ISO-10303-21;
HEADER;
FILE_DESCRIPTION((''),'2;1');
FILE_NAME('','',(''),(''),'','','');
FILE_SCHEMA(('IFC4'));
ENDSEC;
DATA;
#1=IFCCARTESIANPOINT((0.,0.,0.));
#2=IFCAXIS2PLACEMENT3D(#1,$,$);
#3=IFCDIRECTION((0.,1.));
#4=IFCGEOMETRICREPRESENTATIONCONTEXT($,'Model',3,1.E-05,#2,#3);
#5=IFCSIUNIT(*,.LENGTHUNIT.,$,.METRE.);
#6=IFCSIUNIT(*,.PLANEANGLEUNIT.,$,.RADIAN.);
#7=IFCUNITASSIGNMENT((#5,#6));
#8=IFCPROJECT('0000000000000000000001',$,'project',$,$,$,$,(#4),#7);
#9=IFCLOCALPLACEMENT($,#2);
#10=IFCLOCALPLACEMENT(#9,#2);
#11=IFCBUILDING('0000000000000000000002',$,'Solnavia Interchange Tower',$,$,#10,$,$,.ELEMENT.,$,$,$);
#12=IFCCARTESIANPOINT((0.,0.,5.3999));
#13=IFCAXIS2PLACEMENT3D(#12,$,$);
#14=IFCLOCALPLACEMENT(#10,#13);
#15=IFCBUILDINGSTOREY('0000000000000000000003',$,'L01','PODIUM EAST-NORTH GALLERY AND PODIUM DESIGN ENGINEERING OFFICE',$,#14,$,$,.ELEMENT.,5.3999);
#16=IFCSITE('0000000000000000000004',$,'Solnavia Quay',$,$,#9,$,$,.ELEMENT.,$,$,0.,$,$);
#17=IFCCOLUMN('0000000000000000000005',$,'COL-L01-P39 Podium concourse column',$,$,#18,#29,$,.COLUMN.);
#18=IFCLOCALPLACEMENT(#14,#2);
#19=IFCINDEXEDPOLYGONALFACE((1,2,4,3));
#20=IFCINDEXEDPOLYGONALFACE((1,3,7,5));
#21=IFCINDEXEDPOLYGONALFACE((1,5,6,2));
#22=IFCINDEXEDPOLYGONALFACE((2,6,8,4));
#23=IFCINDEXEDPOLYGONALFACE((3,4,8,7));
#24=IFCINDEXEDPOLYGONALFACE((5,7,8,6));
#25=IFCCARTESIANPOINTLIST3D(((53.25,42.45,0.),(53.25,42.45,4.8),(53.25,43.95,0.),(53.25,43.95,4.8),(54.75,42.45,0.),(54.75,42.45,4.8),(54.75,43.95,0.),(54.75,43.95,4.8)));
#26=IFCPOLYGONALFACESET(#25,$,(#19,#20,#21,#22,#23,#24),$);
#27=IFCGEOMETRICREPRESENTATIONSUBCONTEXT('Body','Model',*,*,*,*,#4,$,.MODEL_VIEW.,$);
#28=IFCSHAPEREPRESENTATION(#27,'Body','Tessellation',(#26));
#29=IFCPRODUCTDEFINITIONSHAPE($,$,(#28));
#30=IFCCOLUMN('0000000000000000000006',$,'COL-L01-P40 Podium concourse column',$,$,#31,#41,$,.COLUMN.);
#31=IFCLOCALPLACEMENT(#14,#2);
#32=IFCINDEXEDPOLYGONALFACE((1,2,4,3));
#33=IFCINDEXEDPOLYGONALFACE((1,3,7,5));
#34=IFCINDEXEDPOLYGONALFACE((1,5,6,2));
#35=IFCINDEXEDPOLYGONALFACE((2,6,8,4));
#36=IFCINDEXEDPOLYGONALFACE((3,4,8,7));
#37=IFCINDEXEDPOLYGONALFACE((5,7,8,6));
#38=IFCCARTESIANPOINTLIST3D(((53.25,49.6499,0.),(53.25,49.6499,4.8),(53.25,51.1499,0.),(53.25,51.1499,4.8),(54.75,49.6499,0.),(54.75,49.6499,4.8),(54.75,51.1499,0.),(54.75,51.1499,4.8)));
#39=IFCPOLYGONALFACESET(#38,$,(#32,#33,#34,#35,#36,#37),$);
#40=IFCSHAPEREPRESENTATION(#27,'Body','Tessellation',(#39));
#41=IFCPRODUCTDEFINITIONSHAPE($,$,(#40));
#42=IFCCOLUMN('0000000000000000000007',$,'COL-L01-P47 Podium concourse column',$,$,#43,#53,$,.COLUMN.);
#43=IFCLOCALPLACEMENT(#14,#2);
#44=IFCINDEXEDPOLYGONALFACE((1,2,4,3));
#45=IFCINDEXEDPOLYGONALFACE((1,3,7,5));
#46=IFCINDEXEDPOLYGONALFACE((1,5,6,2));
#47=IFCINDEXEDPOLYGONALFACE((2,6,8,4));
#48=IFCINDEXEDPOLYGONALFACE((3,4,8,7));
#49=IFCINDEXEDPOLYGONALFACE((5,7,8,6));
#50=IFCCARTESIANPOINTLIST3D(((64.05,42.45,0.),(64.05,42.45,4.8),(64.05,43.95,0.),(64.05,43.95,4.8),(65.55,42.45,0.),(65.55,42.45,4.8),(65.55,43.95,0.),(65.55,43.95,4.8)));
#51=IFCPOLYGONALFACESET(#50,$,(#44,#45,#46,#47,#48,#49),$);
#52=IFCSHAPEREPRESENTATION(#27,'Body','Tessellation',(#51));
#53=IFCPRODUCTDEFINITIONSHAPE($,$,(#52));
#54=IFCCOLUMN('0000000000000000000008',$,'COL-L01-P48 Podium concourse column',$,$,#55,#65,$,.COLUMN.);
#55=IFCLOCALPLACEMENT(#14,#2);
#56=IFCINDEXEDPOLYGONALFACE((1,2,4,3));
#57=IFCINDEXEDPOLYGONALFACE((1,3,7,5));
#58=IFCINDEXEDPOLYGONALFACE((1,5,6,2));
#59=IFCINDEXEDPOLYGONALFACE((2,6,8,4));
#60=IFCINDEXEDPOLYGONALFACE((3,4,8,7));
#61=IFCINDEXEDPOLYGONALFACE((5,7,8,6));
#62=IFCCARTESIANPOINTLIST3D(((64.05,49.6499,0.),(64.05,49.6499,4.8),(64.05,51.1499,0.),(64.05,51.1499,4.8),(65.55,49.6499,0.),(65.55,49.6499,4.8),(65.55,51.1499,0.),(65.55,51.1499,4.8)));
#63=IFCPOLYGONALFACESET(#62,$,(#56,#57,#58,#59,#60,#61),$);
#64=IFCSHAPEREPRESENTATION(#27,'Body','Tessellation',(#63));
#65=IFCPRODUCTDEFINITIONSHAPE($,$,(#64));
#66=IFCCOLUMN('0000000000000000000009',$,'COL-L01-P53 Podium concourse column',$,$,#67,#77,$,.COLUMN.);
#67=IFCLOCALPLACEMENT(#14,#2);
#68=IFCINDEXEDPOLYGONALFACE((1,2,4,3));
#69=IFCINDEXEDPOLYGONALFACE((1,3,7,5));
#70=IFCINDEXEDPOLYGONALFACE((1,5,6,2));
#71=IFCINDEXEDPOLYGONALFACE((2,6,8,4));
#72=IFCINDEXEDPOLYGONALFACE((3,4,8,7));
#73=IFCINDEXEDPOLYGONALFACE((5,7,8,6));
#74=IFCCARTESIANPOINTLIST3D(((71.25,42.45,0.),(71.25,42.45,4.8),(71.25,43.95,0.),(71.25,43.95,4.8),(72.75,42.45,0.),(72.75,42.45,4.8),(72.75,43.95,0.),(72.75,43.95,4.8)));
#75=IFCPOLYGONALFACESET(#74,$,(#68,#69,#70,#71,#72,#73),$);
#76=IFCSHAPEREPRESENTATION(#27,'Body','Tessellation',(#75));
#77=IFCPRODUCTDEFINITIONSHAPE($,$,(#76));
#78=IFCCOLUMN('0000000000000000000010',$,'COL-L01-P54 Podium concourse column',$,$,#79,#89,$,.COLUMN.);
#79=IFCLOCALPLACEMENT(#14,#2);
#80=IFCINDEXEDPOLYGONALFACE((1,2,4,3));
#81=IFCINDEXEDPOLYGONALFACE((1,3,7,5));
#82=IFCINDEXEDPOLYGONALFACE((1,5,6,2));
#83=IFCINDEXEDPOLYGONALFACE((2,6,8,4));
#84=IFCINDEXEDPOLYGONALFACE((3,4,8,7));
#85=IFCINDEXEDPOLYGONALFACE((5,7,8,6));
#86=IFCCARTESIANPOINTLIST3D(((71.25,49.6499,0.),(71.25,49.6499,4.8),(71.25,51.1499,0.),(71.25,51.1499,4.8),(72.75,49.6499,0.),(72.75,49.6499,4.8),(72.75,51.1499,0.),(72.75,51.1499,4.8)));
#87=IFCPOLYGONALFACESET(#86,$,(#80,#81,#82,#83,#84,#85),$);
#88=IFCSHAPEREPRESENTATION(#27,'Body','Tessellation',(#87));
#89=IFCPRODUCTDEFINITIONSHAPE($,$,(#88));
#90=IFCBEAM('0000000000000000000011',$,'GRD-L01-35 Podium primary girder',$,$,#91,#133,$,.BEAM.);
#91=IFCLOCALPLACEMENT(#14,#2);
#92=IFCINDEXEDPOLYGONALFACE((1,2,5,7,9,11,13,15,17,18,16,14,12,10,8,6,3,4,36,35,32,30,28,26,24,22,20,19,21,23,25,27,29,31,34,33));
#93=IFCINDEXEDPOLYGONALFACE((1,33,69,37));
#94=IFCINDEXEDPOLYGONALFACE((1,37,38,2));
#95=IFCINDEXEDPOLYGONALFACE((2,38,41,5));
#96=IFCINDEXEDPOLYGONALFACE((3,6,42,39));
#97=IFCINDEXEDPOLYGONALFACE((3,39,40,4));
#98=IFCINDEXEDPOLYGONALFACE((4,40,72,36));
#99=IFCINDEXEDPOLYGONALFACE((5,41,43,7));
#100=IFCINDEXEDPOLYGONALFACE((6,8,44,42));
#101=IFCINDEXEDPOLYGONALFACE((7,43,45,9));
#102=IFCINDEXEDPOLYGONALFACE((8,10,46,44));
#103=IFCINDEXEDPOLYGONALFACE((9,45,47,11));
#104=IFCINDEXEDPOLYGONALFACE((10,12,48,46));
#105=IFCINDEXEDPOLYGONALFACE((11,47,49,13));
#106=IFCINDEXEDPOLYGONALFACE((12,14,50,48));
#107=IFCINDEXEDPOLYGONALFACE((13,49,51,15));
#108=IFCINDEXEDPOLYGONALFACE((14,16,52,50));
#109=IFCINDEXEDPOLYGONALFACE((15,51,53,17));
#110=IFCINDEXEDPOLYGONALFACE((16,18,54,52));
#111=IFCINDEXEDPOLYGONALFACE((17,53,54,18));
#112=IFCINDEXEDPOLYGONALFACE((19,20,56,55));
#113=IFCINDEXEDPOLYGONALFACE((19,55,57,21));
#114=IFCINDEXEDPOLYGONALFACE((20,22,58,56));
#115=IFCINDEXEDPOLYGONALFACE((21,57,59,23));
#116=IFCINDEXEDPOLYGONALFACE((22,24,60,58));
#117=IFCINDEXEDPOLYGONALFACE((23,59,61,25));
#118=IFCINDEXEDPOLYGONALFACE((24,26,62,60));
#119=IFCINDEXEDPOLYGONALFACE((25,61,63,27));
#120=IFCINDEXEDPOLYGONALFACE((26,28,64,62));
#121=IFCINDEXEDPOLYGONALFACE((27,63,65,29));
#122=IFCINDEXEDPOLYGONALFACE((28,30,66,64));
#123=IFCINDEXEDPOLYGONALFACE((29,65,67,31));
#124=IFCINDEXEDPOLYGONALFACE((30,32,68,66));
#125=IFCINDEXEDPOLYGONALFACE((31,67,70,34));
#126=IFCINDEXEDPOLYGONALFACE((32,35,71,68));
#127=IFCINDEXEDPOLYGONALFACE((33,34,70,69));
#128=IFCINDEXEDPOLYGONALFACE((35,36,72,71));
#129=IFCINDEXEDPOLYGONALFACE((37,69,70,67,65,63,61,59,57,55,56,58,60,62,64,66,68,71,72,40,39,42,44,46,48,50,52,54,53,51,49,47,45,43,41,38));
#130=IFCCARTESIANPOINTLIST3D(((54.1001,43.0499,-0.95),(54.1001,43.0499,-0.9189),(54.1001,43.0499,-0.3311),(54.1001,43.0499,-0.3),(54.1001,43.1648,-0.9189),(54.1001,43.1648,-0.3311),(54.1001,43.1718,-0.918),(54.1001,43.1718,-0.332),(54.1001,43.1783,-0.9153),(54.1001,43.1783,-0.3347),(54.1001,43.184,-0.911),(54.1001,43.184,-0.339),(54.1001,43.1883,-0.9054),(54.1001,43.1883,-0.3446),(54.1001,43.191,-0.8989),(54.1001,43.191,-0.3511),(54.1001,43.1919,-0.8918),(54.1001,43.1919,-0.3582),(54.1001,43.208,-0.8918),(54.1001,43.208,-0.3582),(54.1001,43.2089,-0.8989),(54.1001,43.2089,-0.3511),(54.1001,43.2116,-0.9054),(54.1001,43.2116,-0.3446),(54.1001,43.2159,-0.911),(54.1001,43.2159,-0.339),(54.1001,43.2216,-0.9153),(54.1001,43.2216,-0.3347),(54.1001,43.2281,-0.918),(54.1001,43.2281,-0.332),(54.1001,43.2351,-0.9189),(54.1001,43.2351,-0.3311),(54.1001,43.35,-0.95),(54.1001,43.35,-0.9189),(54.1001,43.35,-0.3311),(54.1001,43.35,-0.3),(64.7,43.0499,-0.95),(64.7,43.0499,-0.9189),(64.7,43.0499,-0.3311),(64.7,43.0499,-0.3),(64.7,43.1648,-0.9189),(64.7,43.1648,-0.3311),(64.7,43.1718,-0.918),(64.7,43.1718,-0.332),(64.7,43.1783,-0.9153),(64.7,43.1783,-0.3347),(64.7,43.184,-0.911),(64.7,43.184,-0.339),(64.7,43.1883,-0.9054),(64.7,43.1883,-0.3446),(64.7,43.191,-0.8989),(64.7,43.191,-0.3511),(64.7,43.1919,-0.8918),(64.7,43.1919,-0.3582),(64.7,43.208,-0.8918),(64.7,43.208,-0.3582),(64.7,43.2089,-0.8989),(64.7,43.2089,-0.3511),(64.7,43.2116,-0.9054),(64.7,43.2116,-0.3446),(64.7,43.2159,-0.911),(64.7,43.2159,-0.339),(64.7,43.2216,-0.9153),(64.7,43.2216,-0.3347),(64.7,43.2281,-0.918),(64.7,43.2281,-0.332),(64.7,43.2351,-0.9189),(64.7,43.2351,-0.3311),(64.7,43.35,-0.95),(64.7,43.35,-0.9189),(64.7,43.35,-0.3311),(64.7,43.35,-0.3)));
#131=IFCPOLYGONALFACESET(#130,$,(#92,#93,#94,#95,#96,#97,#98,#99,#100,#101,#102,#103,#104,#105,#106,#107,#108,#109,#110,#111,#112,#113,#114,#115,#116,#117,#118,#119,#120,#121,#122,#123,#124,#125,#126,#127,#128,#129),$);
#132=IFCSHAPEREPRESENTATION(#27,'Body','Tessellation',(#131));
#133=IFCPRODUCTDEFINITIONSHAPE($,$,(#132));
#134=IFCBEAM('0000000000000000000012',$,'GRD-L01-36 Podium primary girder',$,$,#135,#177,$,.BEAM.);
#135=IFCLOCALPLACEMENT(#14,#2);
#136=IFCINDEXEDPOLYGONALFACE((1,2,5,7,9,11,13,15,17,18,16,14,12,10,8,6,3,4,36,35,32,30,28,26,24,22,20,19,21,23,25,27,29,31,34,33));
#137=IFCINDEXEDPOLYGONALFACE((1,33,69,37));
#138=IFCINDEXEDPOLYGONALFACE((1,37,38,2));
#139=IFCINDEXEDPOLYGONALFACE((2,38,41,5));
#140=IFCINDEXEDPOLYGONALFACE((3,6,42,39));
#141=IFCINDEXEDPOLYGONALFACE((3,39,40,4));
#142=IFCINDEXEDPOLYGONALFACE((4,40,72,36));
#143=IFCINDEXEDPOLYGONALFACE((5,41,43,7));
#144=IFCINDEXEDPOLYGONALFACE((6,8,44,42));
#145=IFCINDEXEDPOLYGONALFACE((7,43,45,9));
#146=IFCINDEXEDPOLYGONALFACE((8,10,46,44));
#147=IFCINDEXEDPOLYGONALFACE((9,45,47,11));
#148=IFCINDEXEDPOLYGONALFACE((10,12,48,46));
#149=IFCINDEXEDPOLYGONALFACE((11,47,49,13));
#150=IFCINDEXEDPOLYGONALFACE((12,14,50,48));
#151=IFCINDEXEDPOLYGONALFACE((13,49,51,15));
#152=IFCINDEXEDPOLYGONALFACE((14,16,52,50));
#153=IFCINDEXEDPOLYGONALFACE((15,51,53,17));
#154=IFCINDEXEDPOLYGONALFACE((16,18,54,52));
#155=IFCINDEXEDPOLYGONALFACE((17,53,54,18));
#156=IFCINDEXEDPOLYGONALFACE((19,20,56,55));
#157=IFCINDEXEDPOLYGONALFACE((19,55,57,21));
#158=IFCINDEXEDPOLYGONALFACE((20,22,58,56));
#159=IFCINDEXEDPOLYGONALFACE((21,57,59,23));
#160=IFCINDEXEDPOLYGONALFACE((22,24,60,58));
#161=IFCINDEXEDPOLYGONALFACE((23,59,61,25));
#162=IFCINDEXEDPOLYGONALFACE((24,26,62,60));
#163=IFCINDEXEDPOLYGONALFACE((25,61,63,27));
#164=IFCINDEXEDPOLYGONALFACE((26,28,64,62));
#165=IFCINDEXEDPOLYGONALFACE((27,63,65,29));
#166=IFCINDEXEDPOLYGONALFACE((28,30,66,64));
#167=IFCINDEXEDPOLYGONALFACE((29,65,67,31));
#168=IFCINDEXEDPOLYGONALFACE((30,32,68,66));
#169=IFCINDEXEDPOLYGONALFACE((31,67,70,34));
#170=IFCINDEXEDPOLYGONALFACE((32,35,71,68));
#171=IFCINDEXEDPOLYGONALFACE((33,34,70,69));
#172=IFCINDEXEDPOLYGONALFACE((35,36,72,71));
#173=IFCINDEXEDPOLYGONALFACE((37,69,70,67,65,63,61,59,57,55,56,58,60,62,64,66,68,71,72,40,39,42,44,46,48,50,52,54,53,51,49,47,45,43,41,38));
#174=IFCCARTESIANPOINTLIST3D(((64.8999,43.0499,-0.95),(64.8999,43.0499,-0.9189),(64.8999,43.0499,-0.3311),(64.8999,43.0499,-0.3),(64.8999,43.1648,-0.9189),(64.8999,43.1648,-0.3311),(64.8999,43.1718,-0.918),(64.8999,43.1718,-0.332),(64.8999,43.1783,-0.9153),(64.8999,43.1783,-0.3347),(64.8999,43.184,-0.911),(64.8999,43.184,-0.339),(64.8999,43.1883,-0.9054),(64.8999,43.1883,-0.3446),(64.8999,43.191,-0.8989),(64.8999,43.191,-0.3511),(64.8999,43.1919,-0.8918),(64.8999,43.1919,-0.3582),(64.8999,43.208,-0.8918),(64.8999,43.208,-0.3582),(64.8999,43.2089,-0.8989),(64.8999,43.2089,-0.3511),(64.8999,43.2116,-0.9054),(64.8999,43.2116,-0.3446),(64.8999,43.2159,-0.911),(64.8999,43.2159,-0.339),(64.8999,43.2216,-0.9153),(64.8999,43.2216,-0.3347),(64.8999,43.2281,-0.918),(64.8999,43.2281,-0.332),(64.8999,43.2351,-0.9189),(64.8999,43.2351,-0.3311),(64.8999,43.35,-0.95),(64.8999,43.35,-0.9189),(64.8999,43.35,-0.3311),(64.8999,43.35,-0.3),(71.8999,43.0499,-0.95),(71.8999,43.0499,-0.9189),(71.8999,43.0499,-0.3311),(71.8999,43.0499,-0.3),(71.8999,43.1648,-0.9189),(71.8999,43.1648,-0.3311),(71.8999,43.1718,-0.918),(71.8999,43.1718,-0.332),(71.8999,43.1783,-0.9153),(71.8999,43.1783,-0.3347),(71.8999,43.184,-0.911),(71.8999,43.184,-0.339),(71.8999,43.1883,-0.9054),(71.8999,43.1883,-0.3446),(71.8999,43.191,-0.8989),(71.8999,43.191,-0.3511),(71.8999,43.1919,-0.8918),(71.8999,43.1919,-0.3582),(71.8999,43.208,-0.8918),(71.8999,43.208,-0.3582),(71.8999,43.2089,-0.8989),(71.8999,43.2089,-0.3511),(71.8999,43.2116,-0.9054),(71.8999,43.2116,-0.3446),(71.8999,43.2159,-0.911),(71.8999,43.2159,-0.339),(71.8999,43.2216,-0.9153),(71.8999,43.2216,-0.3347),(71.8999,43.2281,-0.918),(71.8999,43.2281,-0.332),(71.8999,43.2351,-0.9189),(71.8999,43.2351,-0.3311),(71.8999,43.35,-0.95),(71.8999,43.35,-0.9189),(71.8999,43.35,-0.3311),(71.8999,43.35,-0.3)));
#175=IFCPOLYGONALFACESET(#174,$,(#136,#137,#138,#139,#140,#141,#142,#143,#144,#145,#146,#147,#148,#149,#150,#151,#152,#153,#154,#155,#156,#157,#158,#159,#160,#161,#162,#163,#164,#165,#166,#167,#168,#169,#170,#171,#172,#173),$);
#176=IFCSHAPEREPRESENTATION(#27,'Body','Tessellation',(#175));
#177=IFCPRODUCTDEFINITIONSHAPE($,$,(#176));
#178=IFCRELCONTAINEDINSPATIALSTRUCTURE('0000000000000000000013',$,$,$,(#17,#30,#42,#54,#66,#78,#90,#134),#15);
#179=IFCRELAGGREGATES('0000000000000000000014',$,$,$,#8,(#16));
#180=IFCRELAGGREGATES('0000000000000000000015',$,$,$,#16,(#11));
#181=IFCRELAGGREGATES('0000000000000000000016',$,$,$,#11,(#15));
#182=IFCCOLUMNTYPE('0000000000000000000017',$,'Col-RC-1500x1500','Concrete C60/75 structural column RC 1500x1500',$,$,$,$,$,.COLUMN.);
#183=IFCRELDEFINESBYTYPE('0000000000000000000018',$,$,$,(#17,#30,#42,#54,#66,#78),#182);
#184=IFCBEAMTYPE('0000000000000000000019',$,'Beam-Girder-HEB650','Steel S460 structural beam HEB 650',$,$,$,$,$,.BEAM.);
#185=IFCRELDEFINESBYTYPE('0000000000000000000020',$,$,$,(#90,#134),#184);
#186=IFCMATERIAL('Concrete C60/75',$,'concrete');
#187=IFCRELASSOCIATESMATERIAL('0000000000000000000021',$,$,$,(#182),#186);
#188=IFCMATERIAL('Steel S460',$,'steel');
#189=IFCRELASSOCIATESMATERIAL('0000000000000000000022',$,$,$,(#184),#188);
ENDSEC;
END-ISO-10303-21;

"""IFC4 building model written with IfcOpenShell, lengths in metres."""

from ifc_helpers import new_model, si_unit, direction, frame, origin, origin_2d, place, context, subcontext, project, spatial, rectangle, i_section, extrude, material, material_profile, profile_set, type_object, element, save


model = new_model("IFC4")

# Units and contexts
model_context = context("Model", 3, precision=1e-05, world=origin(), true_north=direction((0.0, 1.0)))
body_context = subcontext(model_context, "Body", "Model", "MODEL_VIEW")
ifc_project = project(units=[si_unit("LENGTHUNIT", "METRE"), si_unit("PLANEANGLEUNIT", "RADIAN")], contexts=[model_context])

# Site, building, storey
site_placement = place(None, origin())
site = spatial("IfcSite", under=ifc_project, at=site_placement, Name="Solnavia Quay", CompositionType="ELEMENT", RefElevation=0.0)
building_placement = place(site_placement, origin())
building = spatial("IfcBuilding", under=site, at=building_placement, Name="Solnavia Interchange Tower", CompositionType="ELEMENT")
storey_placement = place(building_placement, frame((0.0, 0.0, 5.3999)))
storey = spatial("IfcBuildingStorey", under=building, at=storey_placement, Name="L01", Description="PODIUM EAST-NORTH GALLERY AND PODIUM DESIGN ENGINEERING OFFICE", CompositionType="ELEMENT", Elevation=5.3999)

# Columns
ifc_material_1 = material(Name="Concrete C60/75", Category="concrete")
ifc_material_profile_1 = material_profile(ifc_material_1, rectangle(XDim=1.5, YDim=1.5, at=origin_2d()), Name="RC 1500x1500")
ifc_profile_set_1 = profile_set([ifc_material_profile_1], Name="Concrete C60/75")
column_type = type_object("IfcColumnType", Name="Col-RC-1500x1500", Description="Concrete C60/75 structural column RC 1500x1500", PredefinedType="COLUMN", material=ifc_profile_set_1)
for number, where, z_axis, x_axis, name in (
    (1, (54.0, 43.2, 0.0), (0.0, 0.0, 1.0), (1.0, 0.0, 0.0), "COL-L01-P39 Podium concourse column"),
    (2, (54.0, 50.3999, 0.0), (0.0, 0.0, 1.0), (1.0, 0.0, 0.0), "COL-L01-P40 Podium concourse column"),
    (3, (64.8, 43.2, 0.0), (0.0, 0.0, 1.0), (1.0, 0.0, 0.0), "COL-L01-P47 Podium concourse column"),
    (4, (64.8, 50.3999, 0.0), (0.0, 0.0, 1.0), (1.0, 0.0, 0.0), "COL-L01-P48 Podium concourse column"),
    (5, (72.0, 43.2, 0.0), (0.0, 0.0, 1.0), (1.0, 0.0, 0.0), "COL-L01-P53 Podium concourse column"),
    (6, (72.0, 50.3999, 0.0), (0.0, 0.0, 1.0), (1.0, 0.0, 0.0), "COL-L01-P54 Podium concourse column"),
):
    element("IfcColumn", number, at=place(storey_placement, frame(where, z_axis=z_axis, x_axis=x_axis)), inside=storey, type_object=column_type, Name=name, PredefinedType="COLUMN", context=body_context, shape_type="SweptSolid", body=[
        extrude(rectangle(XDim=1.5, YDim=1.5, at=origin_2d()), origin(), (0.0, 0.0, 1.0), 4.8),
    ])

# Beams
ifc_material_2 = material(Name="Steel S460", Category="steel")
ifc_material_profile_2 = material_profile(ifc_material_2, i_section(OverallWidth=0.3, OverallDepth=0.6499, WebThickness=0.0161, FlangeThickness=0.031, FilletRadius=0.0271, at=origin_2d()), Name="HEB 650")
ifc_profile_set_2 = profile_set([ifc_material_profile_2], Name="Steel S460")
beam_type_1 = type_object("IfcBeamType", Name="Beam-Girder-HEB650", Description="Steel S460 structural beam HEB 650", PredefinedType="BEAM", material=ifc_profile_set_2)
beam_1_placement = place(storey_placement, frame((54.1001, 43.2, -0.625), z_axis=(1.0, 0.0, 0.0), x_axis=(0.0, 1.0, 0.0)))
element("IfcBeam", 7, at=beam_1_placement, inside=storey, type_object=beam_type_1, Name="GRD-L01-35 Podium primary girder", PredefinedType="BEAM", context=body_context, shape_type="SweptSolid", body=[
    extrude(i_section(OverallWidth=0.3, OverallDepth=0.6499, WebThickness=0.0161, FlangeThickness=0.031, FilletRadius=0.0271, at=origin_2d()), origin(), (0.0, 0.0, 1.0), 10.5999),
])
beam_2_placement = place(storey_placement, frame((64.8999, 43.2, -0.625), z_axis=(1.0, 0.0, 0.0), x_axis=(0.0, 1.0, 0.0)))
element("IfcBeam", 8, at=beam_2_placement, inside=storey, type_object=beam_type_1, Name="GRD-L01-36 Podium primary girder", PredefinedType="BEAM", context=body_context, shape_type="SweptSolid", body=[
    extrude(i_section(OverallWidth=0.3, OverallDepth=0.6499, WebThickness=0.0161, FlangeThickness=0.031, FilletRadius=0.0271, at=origin_2d()), origin(), (0.0, 0.0, 1.0), 7.0),
])

save(model, "model.ifc")
